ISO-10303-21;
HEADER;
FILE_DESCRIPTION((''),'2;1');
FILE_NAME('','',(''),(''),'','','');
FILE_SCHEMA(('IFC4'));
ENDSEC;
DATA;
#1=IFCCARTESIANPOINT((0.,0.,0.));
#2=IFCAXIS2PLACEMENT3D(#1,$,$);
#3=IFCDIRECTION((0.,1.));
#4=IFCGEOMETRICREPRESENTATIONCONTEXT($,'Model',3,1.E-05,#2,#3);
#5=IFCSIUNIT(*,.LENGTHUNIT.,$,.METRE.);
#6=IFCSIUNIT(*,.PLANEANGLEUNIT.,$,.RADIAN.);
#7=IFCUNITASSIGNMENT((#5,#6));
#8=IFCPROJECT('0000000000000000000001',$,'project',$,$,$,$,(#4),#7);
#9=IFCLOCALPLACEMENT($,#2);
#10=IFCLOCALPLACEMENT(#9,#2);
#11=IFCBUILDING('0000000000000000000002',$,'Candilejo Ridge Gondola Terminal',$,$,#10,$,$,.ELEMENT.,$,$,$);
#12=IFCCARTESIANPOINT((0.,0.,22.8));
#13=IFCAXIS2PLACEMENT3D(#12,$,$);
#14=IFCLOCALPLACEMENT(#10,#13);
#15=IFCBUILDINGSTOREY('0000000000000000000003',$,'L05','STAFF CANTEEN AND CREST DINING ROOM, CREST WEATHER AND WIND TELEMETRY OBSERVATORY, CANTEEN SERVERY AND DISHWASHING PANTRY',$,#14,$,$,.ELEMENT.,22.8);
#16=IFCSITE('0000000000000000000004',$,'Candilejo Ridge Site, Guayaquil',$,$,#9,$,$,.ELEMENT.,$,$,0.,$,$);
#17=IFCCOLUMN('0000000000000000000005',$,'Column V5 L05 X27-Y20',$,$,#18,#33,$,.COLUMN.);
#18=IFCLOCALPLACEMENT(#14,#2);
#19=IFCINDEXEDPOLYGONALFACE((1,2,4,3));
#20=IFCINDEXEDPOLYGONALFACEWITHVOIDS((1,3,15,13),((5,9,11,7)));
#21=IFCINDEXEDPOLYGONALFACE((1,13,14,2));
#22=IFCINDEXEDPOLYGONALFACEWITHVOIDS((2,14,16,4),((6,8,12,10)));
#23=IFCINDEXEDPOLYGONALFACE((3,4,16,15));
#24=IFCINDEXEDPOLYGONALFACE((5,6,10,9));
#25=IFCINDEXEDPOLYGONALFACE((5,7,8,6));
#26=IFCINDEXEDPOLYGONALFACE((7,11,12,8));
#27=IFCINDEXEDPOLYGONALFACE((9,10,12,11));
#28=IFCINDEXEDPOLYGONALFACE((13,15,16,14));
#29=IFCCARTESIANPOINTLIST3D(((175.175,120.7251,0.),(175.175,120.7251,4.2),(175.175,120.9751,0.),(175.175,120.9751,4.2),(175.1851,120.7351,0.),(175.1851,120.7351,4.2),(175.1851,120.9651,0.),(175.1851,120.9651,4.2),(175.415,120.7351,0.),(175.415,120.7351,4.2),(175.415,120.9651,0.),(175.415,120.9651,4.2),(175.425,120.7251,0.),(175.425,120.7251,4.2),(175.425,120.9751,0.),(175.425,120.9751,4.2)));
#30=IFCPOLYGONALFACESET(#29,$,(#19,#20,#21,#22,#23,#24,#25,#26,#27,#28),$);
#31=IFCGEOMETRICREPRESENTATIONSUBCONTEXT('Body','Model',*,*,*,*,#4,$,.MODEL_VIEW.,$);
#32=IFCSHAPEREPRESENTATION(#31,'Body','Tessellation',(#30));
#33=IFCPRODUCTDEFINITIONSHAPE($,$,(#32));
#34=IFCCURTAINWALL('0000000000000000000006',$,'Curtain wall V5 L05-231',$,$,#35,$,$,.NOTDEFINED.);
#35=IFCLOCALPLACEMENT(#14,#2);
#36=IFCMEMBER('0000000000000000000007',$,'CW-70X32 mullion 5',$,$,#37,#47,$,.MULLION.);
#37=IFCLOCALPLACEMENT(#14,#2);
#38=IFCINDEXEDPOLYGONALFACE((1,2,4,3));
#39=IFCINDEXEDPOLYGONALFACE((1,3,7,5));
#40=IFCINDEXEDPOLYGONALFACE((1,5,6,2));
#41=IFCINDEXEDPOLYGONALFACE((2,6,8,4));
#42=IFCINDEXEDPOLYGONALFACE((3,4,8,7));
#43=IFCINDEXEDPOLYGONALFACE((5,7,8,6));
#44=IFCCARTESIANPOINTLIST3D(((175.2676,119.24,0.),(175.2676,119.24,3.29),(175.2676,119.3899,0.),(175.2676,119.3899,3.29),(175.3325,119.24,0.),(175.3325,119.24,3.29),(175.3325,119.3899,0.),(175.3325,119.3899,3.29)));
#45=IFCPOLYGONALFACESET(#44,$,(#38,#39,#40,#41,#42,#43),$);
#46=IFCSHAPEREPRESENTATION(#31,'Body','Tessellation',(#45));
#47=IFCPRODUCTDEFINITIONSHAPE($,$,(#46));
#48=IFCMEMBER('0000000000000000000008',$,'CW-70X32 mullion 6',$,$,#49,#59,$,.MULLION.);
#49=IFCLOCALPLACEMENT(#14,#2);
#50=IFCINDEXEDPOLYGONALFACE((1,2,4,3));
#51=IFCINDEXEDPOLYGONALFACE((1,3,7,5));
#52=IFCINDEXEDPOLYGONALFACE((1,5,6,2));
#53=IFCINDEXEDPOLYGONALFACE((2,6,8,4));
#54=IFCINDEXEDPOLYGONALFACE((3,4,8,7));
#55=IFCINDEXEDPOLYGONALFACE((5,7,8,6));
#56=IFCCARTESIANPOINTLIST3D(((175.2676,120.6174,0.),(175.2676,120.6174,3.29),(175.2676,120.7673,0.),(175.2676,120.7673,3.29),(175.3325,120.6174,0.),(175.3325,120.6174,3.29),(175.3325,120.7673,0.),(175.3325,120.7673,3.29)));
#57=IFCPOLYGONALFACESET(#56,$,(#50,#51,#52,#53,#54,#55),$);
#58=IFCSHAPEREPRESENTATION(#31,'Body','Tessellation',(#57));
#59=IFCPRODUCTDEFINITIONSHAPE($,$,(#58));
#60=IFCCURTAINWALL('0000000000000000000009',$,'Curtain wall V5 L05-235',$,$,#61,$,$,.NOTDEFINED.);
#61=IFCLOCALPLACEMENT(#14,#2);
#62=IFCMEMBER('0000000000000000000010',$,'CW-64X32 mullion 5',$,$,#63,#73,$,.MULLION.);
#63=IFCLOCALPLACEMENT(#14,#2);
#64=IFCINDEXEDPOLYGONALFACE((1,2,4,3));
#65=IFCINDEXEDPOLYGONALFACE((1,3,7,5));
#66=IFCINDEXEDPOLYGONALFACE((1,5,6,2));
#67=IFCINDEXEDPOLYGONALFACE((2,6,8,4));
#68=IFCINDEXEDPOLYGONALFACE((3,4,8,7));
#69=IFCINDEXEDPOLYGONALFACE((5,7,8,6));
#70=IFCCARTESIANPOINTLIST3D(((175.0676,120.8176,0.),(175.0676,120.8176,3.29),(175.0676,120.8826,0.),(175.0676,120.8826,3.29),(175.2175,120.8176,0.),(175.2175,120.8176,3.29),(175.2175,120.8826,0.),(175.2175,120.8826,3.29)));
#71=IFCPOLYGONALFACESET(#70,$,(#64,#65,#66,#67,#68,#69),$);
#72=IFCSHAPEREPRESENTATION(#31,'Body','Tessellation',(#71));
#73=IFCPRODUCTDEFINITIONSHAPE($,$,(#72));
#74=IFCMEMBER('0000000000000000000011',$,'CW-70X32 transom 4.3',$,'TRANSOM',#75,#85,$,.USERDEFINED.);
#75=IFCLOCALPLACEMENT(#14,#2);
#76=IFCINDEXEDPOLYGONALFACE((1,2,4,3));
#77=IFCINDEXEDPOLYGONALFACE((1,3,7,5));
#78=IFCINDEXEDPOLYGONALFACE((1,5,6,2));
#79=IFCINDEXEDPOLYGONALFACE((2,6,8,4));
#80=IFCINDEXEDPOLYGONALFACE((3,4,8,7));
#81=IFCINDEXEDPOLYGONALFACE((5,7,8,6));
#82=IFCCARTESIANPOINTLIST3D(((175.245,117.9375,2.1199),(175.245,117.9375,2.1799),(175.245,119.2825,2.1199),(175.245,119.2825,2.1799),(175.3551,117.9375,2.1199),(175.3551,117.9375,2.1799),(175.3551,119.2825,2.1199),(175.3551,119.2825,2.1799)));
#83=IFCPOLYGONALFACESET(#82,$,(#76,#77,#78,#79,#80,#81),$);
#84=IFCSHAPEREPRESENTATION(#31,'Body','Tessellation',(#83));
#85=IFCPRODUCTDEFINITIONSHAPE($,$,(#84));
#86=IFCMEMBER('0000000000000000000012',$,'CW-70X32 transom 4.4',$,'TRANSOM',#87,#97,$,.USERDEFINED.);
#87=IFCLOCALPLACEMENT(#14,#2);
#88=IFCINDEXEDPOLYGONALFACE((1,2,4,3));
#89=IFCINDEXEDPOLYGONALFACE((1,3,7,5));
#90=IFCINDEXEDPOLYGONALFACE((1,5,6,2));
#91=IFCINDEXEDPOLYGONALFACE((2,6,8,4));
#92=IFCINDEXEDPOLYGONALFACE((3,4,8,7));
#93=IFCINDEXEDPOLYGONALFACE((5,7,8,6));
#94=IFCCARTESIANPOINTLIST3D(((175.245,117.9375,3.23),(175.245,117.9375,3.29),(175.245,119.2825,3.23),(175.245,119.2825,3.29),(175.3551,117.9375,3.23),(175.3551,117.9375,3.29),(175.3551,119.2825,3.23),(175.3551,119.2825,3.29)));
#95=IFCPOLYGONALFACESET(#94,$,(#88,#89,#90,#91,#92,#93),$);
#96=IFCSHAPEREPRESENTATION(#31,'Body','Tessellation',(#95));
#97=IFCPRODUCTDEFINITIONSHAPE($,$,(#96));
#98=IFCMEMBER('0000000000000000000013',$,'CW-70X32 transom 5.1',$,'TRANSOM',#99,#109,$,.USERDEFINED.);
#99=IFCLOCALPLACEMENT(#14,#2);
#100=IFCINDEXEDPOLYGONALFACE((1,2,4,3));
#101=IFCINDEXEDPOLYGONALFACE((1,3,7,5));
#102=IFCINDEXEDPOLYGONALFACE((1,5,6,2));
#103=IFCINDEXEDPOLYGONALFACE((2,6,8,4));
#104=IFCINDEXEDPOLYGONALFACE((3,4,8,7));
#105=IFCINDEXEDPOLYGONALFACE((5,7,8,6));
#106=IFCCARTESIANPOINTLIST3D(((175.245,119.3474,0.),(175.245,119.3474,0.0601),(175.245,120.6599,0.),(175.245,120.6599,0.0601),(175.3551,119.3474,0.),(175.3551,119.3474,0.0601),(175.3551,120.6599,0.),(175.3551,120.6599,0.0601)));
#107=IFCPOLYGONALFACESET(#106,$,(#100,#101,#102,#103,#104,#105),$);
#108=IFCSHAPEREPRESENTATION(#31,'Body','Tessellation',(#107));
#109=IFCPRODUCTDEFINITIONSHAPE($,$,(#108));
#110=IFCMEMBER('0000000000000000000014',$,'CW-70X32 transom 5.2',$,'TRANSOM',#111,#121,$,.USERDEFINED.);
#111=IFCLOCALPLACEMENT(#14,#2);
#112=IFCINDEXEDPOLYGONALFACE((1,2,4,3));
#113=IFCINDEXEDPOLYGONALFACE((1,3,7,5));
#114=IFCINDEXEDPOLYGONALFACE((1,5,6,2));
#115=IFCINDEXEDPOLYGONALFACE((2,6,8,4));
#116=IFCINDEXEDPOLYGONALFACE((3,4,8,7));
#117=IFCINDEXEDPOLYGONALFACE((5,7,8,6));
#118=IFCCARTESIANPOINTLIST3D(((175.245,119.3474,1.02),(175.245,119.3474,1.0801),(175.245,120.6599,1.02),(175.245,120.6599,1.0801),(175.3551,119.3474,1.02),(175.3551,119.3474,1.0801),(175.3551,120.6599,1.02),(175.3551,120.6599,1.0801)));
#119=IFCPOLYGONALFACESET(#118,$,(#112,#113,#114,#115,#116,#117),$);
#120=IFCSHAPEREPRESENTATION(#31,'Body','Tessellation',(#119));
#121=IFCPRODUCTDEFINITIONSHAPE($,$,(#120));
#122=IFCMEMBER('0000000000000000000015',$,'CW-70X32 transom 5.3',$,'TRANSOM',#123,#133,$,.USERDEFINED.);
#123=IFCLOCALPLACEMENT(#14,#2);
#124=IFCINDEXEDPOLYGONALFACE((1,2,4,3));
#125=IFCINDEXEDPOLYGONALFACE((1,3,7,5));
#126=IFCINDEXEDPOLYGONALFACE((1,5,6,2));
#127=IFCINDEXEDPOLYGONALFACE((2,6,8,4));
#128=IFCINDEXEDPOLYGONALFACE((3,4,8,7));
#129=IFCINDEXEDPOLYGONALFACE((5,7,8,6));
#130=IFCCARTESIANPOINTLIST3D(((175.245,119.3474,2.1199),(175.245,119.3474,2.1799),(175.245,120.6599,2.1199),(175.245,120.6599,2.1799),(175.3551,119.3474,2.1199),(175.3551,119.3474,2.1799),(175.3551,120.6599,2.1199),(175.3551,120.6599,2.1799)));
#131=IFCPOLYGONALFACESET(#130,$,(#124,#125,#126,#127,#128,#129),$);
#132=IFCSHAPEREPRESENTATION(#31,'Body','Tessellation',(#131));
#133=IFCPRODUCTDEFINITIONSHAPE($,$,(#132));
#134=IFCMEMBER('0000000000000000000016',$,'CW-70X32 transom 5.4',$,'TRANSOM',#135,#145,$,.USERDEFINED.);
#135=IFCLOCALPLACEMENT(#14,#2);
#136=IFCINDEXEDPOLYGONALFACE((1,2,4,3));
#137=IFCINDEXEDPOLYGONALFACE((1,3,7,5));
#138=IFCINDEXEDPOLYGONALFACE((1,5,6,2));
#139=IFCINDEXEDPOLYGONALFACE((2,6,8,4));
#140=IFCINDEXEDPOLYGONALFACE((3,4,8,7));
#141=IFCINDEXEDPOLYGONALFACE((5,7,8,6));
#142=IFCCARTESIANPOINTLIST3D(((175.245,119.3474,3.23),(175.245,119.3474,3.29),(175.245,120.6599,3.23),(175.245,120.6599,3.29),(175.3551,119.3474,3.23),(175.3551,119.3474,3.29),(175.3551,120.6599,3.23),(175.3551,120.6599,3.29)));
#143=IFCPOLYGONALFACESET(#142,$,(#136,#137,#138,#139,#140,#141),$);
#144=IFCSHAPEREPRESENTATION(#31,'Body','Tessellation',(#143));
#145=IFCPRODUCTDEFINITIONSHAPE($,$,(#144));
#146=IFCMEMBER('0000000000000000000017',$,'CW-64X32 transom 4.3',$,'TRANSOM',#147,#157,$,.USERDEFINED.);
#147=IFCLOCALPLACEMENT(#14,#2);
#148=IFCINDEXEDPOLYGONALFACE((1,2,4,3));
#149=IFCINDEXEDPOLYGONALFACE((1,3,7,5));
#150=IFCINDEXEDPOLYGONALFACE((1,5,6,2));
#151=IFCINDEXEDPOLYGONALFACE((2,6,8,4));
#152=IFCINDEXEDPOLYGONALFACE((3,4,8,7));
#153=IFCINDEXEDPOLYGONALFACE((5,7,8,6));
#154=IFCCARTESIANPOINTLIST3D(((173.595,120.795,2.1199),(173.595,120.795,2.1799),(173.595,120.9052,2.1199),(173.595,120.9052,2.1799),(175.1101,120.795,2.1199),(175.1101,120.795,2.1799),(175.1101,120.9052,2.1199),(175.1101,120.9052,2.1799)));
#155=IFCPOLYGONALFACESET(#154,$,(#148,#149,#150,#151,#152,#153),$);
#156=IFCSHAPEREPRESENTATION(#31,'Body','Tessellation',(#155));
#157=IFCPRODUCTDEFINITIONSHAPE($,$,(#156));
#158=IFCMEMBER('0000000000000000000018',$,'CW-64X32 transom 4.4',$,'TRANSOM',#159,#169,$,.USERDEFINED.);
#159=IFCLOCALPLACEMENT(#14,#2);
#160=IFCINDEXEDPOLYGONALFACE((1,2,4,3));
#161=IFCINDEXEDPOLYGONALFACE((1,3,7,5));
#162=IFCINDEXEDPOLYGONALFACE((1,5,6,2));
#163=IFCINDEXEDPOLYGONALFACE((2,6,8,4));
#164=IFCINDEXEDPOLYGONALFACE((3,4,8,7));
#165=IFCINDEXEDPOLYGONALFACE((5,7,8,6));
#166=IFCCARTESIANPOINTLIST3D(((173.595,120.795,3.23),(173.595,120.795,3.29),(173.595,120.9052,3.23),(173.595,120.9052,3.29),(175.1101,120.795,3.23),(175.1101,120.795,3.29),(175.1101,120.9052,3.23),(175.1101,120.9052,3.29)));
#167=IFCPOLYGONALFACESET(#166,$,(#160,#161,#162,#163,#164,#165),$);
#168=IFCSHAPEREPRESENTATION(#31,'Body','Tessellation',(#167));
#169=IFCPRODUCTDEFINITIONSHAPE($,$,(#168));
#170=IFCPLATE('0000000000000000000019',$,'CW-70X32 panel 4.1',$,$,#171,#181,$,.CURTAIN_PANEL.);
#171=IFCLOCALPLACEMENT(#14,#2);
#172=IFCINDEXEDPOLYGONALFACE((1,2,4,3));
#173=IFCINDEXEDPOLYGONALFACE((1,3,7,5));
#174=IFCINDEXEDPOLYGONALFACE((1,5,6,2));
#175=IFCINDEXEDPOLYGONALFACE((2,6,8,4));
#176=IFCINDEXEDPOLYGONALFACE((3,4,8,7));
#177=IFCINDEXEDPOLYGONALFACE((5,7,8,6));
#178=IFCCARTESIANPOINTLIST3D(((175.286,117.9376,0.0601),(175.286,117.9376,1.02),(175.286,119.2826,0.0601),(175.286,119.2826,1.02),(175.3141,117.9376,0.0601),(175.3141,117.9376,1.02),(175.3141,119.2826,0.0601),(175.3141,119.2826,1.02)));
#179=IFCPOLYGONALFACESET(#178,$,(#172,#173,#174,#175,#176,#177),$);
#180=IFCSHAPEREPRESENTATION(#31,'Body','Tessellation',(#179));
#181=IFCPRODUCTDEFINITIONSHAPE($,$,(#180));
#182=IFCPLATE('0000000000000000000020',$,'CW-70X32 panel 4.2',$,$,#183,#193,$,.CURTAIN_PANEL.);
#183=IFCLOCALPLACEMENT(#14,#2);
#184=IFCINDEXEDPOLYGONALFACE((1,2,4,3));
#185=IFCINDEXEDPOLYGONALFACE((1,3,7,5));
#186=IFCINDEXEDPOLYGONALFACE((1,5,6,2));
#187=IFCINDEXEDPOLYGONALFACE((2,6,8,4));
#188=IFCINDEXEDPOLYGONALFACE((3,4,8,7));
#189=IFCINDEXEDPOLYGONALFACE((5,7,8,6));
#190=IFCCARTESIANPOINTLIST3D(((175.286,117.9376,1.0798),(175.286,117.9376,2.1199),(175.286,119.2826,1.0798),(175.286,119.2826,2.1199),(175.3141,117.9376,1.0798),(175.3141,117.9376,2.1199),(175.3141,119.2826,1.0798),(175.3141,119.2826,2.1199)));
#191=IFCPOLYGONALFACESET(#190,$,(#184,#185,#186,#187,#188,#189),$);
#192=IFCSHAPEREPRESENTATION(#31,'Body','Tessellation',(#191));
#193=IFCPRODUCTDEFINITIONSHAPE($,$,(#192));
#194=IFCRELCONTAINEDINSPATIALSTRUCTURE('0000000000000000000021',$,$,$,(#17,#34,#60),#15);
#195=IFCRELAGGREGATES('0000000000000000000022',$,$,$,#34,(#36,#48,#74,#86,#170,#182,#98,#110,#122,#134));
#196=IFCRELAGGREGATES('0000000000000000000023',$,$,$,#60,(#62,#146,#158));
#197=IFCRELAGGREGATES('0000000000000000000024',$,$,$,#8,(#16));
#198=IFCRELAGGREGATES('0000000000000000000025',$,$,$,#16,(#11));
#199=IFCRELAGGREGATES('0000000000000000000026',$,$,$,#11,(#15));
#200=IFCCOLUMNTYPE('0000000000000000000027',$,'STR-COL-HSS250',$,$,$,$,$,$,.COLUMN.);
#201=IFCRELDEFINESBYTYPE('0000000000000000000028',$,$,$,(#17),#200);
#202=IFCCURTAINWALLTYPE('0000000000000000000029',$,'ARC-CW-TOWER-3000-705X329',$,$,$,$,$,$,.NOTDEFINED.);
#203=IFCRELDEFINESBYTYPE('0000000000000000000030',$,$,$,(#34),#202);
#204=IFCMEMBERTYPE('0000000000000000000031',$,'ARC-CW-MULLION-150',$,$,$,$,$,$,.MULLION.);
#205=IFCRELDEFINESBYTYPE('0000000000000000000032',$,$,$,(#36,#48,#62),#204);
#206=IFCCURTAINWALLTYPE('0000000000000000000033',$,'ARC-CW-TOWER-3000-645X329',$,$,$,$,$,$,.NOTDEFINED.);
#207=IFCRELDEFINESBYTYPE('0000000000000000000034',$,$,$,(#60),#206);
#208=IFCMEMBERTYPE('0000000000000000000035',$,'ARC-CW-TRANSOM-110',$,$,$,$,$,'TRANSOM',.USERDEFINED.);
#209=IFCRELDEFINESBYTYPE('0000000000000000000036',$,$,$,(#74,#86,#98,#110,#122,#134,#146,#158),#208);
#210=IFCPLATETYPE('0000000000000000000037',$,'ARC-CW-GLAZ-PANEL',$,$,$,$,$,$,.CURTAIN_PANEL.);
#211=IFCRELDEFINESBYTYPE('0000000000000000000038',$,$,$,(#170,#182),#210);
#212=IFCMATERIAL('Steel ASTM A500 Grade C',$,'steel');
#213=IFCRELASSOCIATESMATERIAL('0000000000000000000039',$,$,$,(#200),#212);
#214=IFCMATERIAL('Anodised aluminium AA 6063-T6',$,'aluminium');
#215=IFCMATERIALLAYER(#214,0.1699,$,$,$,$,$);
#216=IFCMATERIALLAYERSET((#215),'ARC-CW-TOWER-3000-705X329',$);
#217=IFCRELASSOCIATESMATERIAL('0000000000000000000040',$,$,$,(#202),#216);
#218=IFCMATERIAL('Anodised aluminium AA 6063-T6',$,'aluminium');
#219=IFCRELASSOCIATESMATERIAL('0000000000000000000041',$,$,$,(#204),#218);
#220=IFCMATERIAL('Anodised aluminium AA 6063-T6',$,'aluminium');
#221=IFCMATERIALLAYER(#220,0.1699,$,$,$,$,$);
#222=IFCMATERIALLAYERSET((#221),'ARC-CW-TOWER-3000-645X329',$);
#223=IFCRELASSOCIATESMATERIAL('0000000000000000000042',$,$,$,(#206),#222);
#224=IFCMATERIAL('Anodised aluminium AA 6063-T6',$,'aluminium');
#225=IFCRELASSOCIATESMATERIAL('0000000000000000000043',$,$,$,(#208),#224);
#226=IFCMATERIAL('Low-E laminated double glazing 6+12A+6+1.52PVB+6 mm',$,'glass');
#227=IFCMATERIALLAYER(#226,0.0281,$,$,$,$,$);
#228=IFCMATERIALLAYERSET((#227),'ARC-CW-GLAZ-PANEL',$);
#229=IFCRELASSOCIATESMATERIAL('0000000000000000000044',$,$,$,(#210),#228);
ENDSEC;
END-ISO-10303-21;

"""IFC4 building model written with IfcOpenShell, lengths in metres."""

from ifc_helpers import new_model, si_unit, direction, frame, origin, origin_2d, place, context, subcontext, project, spatial, rectangle, hollow_rectangle, extrude, material, layer, layer_set, material_profile, profile_set, type_object, element, aggregate, save


model = new_model("IFC4")

# Units and contexts
model_context = context("Model", 3, precision=1e-05, world=origin(), true_north=direction((0.0, 1.0)))
body_context = subcontext(model_context, "Body", "Model", "MODEL_VIEW")
ifc_project = project(units=[si_unit("LENGTHUNIT", "METRE"), si_unit("PLANEANGLEUNIT", "RADIAN")], contexts=[model_context])

# Site, building, storey
site_placement = place(None, origin())
site = spatial("IfcSite", under=ifc_project, at=site_placement, Name="Candilejo Ridge Site, Guayaquil", CompositionType="ELEMENT", RefElevation=0.0)
building_placement = place(site_placement, origin())
building = spatial("IfcBuilding", under=site, at=building_placement, Name="Candilejo Ridge Gondola Terminal", CompositionType="ELEMENT")
storey_placement = place(building_placement, frame((0.0, 0.0, 22.8)))
storey = spatial("IfcBuildingStorey", under=building, at=storey_placement, Name="L05", Description="STAFF CANTEEN AND CREST DINING ROOM, CREST WEATHER AND WIND TELEMETRY OBSERVATORY, CANTEEN SERVERY AND DISHWASHING PANTRY", CompositionType="ELEMENT", Elevation=22.8)

# Column
ifc_material_1 = material(Name="Steel ASTM A500 Grade C", Category="steel")
ifc_material_profile_1 = material_profile(ifc_material_1, hollow_rectangle(XDim=0.25, YDim=0.25, WallThickness=0.01, at=origin_2d()))
ifc_profile_set_1 = profile_set([ifc_material_profile_1], Name="Steel ASTM A500 Grade C")
column_type = type_object("IfcColumnType", Name="STR-COL-HSS250", PredefinedType="COLUMN", material=ifc_profile_set_1)
column_placement = place(storey_placement, frame((175.3, 120.8501, 0.0), z_axis=(0.0, 0.0, 1.0), x_axis=(1.0, 0.0, 0.0)))
element("IfcColumn", 1, at=column_placement, inside=storey, type_object=column_type, Name="Column V5 L05 X27-Y20", PredefinedType="COLUMN", context=body_context, shape_type="SweptSolid", body=[
    extrude(hollow_rectangle(XDim=0.25, YDim=0.25, WallThickness=0.01, at=origin_2d()), origin(), (0.0, 0.0, 1.0), 4.2),
])

# Curtain wall, members
ifc_material_2 = material(Name="Anodised aluminium AA 6063-T6", Category="aluminium")
ifc_layer_1 = layer(ifc_material_2, 0.1699)
ifc_layer_set_1 = layer_set([ifc_layer_1], Name="ARC-CW-TOWER-3000-705X329")
curtain_wall_type_1 = type_object("IfcCurtainWallType", Name="ARC-CW-TOWER-3000-705X329", PredefinedType="NOTDEFINED", material=ifc_layer_set_1)
curtain_wall_1_placement = place(storey_placement, origin())
curtain_wall_1 = element("IfcCurtainWall", 2, at=curtain_wall_1_placement, inside=storey, type_object=curtain_wall_type_1, Name="Curtain wall V5 L05-231", PredefinedType="NOTDEFINED")
ifc_material_3 = material(Name="Anodised aluminium AA 6063-T6", Category="aluminium")
ifc_material_profile_2 = material_profile(ifc_material_3, rectangle(XDim=0.0649, YDim=0.1499, at=origin_2d()))
ifc_profile_set_2 = profile_set([ifc_material_profile_2], Name="Anodised aluminium AA 6063-T6")
member_type_1 = type_object("IfcMemberType", Name="ARC-CW-MULLION-150", PredefinedType="MULLION", material=ifc_profile_set_2)
member_1_placement = place(storey_placement, frame((175.3, 119.3149, 0.0), z_axis=(0.0, 0.0, 1.0), x_axis=(-1.0, 0.0, 0.0)))
member_1 = element("IfcMember", 3, at=member_1_placement, type_object=member_type_1, Name="CW-70X32 mullion 5", PredefinedType="MULLION", context=body_context, shape_type="SweptSolid", body=[
    extrude(rectangle(XDim=0.0649, YDim=0.1499, at=origin_2d()), origin(), (0.0, 0.0, 1.0), 3.29),
])
member_2_placement = place(storey_placement, frame((175.3, 120.6924, 0.0), z_axis=(0.0, 0.0, 1.0), x_axis=(-1.0, 0.0, 0.0)))
member_2 = element("IfcMember", 4, at=member_2_placement, type_object=member_type_1, Name="CW-70X32 mullion 6", PredefinedType="MULLION", context=body_context, shape_type="SweptSolid", body=[
    extrude(rectangle(XDim=0.0649, YDim=0.1499, at=origin_2d()), origin(), (0.0, 0.0, 1.0), 3.29),
])

# Curtain wall, member
ifc_material_4 = material(Name="Anodised aluminium AA 6063-T6", Category="aluminium")
ifc_layer_2 = layer(ifc_material_4, 0.1699)
ifc_layer_set_2 = layer_set([ifc_layer_2], Name="ARC-CW-TOWER-3000-645X329")
curtain_wall_type_2 = type_object("IfcCurtainWallType", Name="ARC-CW-TOWER-3000-645X329", PredefinedType="NOTDEFINED", material=ifc_layer_set_2)
curtain_wall_2_placement = place(storey_placement, origin())
curtain_wall_2 = element("IfcCurtainWall", 5, at=curtain_wall_2_placement, inside=storey, type_object=curtain_wall_type_2, Name="Curtain wall V5 L05-235", PredefinedType="NOTDEFINED")
member_3_placement = place(storey_placement, frame((175.1426, 120.8501, 0.0), z_axis=(0.0, 0.0, 1.0), x_axis=(0.0, 1.0, 0.0)))
member_3 = element("IfcMember", 6, at=member_3_placement, type_object=member_type_1, Name="CW-64X32 mullion 5", PredefinedType="MULLION", context=body_context, shape_type="SweptSolid", body=[
    extrude(rectangle(XDim=0.0649, YDim=0.1499, at=origin_2d()), origin(), (0.0, 0.0, 1.0), 3.29),
])

# Members
ifc_material_5 = material(Name="Anodised aluminium AA 6063-T6", Category="aluminium")
ifc_material_profile_3 = material_profile(ifc_material_5, rectangle(XDim=0.1101, YDim=0.0601, at=origin_2d()))
ifc_profile_set_3 = profile_set([ifc_material_profile_3], Name="Anodised aluminium AA 6063-T6")
member_type_2 = type_object("IfcMemberType", Name="ARC-CW-TRANSOM-110", ElementType="TRANSOM", PredefinedType="USERDEFINED", material=ifc_profile_set_3)
member_4_placement = place(storey_placement, frame((175.3, 117.9375, 2.1499), z_axis=(0.0, 1.0, 0.0), x_axis=(-1.0, 0.0, 0.0)))
member_4 = element("IfcMember", 7, at=member_4_placement, type_object=member_type_2, Name="CW-70X32 transom 4.3", ObjectType="TRANSOM", PredefinedType="USERDEFINED", context=body_context, shape_type="SweptSolid", body=[
    extrude(rectangle(XDim=0.1101, YDim=0.0601, at=origin_2d()), origin(), (0.0, 0.0, 1.0), 1.345),
])
member_5_placement = place(storey_placement, frame((175.3, 117.9375, 3.26), z_axis=(0.0, 1.0, 0.0), x_axis=(-1.0, 0.0, 0.0)))
member_5 = element("IfcMember", 8, at=member_5_placement, type_object=member_type_2, Name="CW-70X32 transom 4.4", ObjectType="TRANSOM", PredefinedType="USERDEFINED", context=body_context, shape_type="SweptSolid", body=[
    extrude(rectangle(XDim=0.1101, YDim=0.0601, at=origin_2d()), origin(), (0.0, 0.0, 1.0), 1.345),
])
member_6_placement = place(storey_placement, frame((175.3, 119.3474, 0.03), z_axis=(0.0, 1.0, 0.0), x_axis=(-1.0, 0.0, 0.0)))
member_6 = element("IfcMember", 9, at=member_6_placement, type_object=member_type_2, Name="CW-70X32 transom 5.1", ObjectType="TRANSOM", PredefinedType="USERDEFINED", context=body_context, shape_type="SweptSolid", body=[
    extrude(rectangle(XDim=0.1101, YDim=0.0601, at=origin_2d()), origin(), (0.0, 0.0, 1.0), 1.3125),
])
member_7_placement = place(storey_placement, frame((175.3, 119.3474, 1.05), z_axis=(0.0, 1.0, 0.0), x_axis=(-1.0, 0.0, 0.0)))
member_7 = element("IfcMember", 10, at=member_7_placement, type_object=member_type_2, Name="CW-70X32 transom 5.2", ObjectType="TRANSOM", PredefinedType="USERDEFINED", context=body_context, shape_type="SweptSolid", body=[
    extrude(rectangle(XDim=0.1101, YDim=0.0601, at=origin_2d()), origin(), (0.0, 0.0, 1.0), 1.3125),
])
member_8_placement = place(storey_placement, frame((175.3, 119.3474, 2.1499), z_axis=(0.0, 1.0, 0.0), x_axis=(-1.0, 0.0, 0.0)))
member_8 = element("IfcMember", 11, at=member_8_placement, type_object=member_type_2, Name="CW-70X32 transom 5.3", ObjectType="TRANSOM", PredefinedType="USERDEFINED", context=body_context, shape_type="SweptSolid", body=[
    extrude(rectangle(XDim=0.1101, YDim=0.0601, at=origin_2d()), origin(), (0.0, 0.0, 1.0), 1.3125),
])
member_9_placement = place(storey_placement, frame((175.3, 119.3474, 3.26), z_axis=(0.0, 1.0, 0.0), x_axis=(-1.0, 0.0, 0.0)))
member_9 = element("IfcMember", 12, at=member_9_placement, type_object=member_type_2, Name="CW-70X32 transom 5.4", ObjectType="TRANSOM", PredefinedType="USERDEFINED", context=body_context, shape_type="SweptSolid", body=[
    extrude(rectangle(XDim=0.1101, YDim=0.0601, at=origin_2d()), origin(), (0.0, 0.0, 1.0), 1.3125),
])
member_10_placement = place(storey_placement, frame((173.595, 120.8501, 2.1499), z_axis=(1.0, 0.0, 0.0), x_axis=(0.0, 1.0, 0.0)))
member_10 = element("IfcMember", 13, at=member_10_placement, type_object=member_type_2, Name="CW-64X32 transom 4.3", ObjectType="TRANSOM", PredefinedType="USERDEFINED", context=body_context, shape_type="SweptSolid", body=[
    extrude(rectangle(XDim=0.1101, YDim=0.0601, at=origin_2d()), origin(), (0.0, 0.0, 1.0), 1.5151),
])
member_11_placement = place(storey_placement, frame((173.595, 120.8501, 3.26), z_axis=(1.0, 0.0, 0.0), x_axis=(0.0, 1.0, 0.0)))
member_11 = element("IfcMember", 14, at=member_11_placement, type_object=member_type_2, Name="CW-64X32 transom 4.4", ObjectType="TRANSOM", PredefinedType="USERDEFINED", context=body_context, shape_type="SweptSolid", body=[
    extrude(rectangle(XDim=0.1101, YDim=0.0601, at=origin_2d()), origin(), (0.0, 0.0, 1.0), 1.5151),
])

# Plates
ifc_material_6 = material(Name="Low-E laminated double glazing 6+12A+6+1.52PVB+6 mm", Category="glass")
ifc_layer_3 = layer(ifc_material_6, 0.0281)
ifc_layer_set_3 = layer_set([ifc_layer_3], Name="ARC-CW-GLAZ-PANEL")
plate_type = type_object("IfcPlateType", Name="ARC-CW-GLAZ-PANEL", PredefinedType="CURTAIN_PANEL", material=ifc_layer_set_3)
plate_1_placement = place(storey_placement, frame((175.3, 118.6101, 0.0601), z_axis=(0.0, 0.0, 1.0), x_axis=(0.0, 1.0, 0.0)))
plate_1 = element("IfcPlate", 15, at=plate_1_placement, type_object=plate_type, Name="CW-70X32 panel 4.1", PredefinedType="CURTAIN_PANEL", context=body_context, shape_type="SweptSolid", body=[
    extrude(rectangle(XDim=1.345, YDim=0.0281, at=origin_2d()), origin(), (0.0, 0.0, 1.0), 0.96),
])
plate_2_placement = place(storey_placement, frame((175.3, 118.6101, 1.0798), z_axis=(0.0, 0.0, 1.0), x_axis=(0.0, 1.0, 0.0)))
plate_2 = element("IfcPlate", 16, at=plate_2_placement, type_object=plate_type, Name="CW-70X32 panel 4.2", PredefinedType="CURTAIN_PANEL", context=body_context, shape_type="SweptSolid", body=[
    extrude(rectangle(XDim=1.345, YDim=0.0281, at=origin_2d()), origin(), (0.0, 0.0, 1.0), 1.04),
])
aggregate(curtain_wall_1, [member_1, member_2, member_4, member_5, plate_1, plate_2, member_6, member_7, member_8, member_9])
aggregate(curtain_wall_2, [member_3, member_10, member_11])

save(model, "model.ifc")
